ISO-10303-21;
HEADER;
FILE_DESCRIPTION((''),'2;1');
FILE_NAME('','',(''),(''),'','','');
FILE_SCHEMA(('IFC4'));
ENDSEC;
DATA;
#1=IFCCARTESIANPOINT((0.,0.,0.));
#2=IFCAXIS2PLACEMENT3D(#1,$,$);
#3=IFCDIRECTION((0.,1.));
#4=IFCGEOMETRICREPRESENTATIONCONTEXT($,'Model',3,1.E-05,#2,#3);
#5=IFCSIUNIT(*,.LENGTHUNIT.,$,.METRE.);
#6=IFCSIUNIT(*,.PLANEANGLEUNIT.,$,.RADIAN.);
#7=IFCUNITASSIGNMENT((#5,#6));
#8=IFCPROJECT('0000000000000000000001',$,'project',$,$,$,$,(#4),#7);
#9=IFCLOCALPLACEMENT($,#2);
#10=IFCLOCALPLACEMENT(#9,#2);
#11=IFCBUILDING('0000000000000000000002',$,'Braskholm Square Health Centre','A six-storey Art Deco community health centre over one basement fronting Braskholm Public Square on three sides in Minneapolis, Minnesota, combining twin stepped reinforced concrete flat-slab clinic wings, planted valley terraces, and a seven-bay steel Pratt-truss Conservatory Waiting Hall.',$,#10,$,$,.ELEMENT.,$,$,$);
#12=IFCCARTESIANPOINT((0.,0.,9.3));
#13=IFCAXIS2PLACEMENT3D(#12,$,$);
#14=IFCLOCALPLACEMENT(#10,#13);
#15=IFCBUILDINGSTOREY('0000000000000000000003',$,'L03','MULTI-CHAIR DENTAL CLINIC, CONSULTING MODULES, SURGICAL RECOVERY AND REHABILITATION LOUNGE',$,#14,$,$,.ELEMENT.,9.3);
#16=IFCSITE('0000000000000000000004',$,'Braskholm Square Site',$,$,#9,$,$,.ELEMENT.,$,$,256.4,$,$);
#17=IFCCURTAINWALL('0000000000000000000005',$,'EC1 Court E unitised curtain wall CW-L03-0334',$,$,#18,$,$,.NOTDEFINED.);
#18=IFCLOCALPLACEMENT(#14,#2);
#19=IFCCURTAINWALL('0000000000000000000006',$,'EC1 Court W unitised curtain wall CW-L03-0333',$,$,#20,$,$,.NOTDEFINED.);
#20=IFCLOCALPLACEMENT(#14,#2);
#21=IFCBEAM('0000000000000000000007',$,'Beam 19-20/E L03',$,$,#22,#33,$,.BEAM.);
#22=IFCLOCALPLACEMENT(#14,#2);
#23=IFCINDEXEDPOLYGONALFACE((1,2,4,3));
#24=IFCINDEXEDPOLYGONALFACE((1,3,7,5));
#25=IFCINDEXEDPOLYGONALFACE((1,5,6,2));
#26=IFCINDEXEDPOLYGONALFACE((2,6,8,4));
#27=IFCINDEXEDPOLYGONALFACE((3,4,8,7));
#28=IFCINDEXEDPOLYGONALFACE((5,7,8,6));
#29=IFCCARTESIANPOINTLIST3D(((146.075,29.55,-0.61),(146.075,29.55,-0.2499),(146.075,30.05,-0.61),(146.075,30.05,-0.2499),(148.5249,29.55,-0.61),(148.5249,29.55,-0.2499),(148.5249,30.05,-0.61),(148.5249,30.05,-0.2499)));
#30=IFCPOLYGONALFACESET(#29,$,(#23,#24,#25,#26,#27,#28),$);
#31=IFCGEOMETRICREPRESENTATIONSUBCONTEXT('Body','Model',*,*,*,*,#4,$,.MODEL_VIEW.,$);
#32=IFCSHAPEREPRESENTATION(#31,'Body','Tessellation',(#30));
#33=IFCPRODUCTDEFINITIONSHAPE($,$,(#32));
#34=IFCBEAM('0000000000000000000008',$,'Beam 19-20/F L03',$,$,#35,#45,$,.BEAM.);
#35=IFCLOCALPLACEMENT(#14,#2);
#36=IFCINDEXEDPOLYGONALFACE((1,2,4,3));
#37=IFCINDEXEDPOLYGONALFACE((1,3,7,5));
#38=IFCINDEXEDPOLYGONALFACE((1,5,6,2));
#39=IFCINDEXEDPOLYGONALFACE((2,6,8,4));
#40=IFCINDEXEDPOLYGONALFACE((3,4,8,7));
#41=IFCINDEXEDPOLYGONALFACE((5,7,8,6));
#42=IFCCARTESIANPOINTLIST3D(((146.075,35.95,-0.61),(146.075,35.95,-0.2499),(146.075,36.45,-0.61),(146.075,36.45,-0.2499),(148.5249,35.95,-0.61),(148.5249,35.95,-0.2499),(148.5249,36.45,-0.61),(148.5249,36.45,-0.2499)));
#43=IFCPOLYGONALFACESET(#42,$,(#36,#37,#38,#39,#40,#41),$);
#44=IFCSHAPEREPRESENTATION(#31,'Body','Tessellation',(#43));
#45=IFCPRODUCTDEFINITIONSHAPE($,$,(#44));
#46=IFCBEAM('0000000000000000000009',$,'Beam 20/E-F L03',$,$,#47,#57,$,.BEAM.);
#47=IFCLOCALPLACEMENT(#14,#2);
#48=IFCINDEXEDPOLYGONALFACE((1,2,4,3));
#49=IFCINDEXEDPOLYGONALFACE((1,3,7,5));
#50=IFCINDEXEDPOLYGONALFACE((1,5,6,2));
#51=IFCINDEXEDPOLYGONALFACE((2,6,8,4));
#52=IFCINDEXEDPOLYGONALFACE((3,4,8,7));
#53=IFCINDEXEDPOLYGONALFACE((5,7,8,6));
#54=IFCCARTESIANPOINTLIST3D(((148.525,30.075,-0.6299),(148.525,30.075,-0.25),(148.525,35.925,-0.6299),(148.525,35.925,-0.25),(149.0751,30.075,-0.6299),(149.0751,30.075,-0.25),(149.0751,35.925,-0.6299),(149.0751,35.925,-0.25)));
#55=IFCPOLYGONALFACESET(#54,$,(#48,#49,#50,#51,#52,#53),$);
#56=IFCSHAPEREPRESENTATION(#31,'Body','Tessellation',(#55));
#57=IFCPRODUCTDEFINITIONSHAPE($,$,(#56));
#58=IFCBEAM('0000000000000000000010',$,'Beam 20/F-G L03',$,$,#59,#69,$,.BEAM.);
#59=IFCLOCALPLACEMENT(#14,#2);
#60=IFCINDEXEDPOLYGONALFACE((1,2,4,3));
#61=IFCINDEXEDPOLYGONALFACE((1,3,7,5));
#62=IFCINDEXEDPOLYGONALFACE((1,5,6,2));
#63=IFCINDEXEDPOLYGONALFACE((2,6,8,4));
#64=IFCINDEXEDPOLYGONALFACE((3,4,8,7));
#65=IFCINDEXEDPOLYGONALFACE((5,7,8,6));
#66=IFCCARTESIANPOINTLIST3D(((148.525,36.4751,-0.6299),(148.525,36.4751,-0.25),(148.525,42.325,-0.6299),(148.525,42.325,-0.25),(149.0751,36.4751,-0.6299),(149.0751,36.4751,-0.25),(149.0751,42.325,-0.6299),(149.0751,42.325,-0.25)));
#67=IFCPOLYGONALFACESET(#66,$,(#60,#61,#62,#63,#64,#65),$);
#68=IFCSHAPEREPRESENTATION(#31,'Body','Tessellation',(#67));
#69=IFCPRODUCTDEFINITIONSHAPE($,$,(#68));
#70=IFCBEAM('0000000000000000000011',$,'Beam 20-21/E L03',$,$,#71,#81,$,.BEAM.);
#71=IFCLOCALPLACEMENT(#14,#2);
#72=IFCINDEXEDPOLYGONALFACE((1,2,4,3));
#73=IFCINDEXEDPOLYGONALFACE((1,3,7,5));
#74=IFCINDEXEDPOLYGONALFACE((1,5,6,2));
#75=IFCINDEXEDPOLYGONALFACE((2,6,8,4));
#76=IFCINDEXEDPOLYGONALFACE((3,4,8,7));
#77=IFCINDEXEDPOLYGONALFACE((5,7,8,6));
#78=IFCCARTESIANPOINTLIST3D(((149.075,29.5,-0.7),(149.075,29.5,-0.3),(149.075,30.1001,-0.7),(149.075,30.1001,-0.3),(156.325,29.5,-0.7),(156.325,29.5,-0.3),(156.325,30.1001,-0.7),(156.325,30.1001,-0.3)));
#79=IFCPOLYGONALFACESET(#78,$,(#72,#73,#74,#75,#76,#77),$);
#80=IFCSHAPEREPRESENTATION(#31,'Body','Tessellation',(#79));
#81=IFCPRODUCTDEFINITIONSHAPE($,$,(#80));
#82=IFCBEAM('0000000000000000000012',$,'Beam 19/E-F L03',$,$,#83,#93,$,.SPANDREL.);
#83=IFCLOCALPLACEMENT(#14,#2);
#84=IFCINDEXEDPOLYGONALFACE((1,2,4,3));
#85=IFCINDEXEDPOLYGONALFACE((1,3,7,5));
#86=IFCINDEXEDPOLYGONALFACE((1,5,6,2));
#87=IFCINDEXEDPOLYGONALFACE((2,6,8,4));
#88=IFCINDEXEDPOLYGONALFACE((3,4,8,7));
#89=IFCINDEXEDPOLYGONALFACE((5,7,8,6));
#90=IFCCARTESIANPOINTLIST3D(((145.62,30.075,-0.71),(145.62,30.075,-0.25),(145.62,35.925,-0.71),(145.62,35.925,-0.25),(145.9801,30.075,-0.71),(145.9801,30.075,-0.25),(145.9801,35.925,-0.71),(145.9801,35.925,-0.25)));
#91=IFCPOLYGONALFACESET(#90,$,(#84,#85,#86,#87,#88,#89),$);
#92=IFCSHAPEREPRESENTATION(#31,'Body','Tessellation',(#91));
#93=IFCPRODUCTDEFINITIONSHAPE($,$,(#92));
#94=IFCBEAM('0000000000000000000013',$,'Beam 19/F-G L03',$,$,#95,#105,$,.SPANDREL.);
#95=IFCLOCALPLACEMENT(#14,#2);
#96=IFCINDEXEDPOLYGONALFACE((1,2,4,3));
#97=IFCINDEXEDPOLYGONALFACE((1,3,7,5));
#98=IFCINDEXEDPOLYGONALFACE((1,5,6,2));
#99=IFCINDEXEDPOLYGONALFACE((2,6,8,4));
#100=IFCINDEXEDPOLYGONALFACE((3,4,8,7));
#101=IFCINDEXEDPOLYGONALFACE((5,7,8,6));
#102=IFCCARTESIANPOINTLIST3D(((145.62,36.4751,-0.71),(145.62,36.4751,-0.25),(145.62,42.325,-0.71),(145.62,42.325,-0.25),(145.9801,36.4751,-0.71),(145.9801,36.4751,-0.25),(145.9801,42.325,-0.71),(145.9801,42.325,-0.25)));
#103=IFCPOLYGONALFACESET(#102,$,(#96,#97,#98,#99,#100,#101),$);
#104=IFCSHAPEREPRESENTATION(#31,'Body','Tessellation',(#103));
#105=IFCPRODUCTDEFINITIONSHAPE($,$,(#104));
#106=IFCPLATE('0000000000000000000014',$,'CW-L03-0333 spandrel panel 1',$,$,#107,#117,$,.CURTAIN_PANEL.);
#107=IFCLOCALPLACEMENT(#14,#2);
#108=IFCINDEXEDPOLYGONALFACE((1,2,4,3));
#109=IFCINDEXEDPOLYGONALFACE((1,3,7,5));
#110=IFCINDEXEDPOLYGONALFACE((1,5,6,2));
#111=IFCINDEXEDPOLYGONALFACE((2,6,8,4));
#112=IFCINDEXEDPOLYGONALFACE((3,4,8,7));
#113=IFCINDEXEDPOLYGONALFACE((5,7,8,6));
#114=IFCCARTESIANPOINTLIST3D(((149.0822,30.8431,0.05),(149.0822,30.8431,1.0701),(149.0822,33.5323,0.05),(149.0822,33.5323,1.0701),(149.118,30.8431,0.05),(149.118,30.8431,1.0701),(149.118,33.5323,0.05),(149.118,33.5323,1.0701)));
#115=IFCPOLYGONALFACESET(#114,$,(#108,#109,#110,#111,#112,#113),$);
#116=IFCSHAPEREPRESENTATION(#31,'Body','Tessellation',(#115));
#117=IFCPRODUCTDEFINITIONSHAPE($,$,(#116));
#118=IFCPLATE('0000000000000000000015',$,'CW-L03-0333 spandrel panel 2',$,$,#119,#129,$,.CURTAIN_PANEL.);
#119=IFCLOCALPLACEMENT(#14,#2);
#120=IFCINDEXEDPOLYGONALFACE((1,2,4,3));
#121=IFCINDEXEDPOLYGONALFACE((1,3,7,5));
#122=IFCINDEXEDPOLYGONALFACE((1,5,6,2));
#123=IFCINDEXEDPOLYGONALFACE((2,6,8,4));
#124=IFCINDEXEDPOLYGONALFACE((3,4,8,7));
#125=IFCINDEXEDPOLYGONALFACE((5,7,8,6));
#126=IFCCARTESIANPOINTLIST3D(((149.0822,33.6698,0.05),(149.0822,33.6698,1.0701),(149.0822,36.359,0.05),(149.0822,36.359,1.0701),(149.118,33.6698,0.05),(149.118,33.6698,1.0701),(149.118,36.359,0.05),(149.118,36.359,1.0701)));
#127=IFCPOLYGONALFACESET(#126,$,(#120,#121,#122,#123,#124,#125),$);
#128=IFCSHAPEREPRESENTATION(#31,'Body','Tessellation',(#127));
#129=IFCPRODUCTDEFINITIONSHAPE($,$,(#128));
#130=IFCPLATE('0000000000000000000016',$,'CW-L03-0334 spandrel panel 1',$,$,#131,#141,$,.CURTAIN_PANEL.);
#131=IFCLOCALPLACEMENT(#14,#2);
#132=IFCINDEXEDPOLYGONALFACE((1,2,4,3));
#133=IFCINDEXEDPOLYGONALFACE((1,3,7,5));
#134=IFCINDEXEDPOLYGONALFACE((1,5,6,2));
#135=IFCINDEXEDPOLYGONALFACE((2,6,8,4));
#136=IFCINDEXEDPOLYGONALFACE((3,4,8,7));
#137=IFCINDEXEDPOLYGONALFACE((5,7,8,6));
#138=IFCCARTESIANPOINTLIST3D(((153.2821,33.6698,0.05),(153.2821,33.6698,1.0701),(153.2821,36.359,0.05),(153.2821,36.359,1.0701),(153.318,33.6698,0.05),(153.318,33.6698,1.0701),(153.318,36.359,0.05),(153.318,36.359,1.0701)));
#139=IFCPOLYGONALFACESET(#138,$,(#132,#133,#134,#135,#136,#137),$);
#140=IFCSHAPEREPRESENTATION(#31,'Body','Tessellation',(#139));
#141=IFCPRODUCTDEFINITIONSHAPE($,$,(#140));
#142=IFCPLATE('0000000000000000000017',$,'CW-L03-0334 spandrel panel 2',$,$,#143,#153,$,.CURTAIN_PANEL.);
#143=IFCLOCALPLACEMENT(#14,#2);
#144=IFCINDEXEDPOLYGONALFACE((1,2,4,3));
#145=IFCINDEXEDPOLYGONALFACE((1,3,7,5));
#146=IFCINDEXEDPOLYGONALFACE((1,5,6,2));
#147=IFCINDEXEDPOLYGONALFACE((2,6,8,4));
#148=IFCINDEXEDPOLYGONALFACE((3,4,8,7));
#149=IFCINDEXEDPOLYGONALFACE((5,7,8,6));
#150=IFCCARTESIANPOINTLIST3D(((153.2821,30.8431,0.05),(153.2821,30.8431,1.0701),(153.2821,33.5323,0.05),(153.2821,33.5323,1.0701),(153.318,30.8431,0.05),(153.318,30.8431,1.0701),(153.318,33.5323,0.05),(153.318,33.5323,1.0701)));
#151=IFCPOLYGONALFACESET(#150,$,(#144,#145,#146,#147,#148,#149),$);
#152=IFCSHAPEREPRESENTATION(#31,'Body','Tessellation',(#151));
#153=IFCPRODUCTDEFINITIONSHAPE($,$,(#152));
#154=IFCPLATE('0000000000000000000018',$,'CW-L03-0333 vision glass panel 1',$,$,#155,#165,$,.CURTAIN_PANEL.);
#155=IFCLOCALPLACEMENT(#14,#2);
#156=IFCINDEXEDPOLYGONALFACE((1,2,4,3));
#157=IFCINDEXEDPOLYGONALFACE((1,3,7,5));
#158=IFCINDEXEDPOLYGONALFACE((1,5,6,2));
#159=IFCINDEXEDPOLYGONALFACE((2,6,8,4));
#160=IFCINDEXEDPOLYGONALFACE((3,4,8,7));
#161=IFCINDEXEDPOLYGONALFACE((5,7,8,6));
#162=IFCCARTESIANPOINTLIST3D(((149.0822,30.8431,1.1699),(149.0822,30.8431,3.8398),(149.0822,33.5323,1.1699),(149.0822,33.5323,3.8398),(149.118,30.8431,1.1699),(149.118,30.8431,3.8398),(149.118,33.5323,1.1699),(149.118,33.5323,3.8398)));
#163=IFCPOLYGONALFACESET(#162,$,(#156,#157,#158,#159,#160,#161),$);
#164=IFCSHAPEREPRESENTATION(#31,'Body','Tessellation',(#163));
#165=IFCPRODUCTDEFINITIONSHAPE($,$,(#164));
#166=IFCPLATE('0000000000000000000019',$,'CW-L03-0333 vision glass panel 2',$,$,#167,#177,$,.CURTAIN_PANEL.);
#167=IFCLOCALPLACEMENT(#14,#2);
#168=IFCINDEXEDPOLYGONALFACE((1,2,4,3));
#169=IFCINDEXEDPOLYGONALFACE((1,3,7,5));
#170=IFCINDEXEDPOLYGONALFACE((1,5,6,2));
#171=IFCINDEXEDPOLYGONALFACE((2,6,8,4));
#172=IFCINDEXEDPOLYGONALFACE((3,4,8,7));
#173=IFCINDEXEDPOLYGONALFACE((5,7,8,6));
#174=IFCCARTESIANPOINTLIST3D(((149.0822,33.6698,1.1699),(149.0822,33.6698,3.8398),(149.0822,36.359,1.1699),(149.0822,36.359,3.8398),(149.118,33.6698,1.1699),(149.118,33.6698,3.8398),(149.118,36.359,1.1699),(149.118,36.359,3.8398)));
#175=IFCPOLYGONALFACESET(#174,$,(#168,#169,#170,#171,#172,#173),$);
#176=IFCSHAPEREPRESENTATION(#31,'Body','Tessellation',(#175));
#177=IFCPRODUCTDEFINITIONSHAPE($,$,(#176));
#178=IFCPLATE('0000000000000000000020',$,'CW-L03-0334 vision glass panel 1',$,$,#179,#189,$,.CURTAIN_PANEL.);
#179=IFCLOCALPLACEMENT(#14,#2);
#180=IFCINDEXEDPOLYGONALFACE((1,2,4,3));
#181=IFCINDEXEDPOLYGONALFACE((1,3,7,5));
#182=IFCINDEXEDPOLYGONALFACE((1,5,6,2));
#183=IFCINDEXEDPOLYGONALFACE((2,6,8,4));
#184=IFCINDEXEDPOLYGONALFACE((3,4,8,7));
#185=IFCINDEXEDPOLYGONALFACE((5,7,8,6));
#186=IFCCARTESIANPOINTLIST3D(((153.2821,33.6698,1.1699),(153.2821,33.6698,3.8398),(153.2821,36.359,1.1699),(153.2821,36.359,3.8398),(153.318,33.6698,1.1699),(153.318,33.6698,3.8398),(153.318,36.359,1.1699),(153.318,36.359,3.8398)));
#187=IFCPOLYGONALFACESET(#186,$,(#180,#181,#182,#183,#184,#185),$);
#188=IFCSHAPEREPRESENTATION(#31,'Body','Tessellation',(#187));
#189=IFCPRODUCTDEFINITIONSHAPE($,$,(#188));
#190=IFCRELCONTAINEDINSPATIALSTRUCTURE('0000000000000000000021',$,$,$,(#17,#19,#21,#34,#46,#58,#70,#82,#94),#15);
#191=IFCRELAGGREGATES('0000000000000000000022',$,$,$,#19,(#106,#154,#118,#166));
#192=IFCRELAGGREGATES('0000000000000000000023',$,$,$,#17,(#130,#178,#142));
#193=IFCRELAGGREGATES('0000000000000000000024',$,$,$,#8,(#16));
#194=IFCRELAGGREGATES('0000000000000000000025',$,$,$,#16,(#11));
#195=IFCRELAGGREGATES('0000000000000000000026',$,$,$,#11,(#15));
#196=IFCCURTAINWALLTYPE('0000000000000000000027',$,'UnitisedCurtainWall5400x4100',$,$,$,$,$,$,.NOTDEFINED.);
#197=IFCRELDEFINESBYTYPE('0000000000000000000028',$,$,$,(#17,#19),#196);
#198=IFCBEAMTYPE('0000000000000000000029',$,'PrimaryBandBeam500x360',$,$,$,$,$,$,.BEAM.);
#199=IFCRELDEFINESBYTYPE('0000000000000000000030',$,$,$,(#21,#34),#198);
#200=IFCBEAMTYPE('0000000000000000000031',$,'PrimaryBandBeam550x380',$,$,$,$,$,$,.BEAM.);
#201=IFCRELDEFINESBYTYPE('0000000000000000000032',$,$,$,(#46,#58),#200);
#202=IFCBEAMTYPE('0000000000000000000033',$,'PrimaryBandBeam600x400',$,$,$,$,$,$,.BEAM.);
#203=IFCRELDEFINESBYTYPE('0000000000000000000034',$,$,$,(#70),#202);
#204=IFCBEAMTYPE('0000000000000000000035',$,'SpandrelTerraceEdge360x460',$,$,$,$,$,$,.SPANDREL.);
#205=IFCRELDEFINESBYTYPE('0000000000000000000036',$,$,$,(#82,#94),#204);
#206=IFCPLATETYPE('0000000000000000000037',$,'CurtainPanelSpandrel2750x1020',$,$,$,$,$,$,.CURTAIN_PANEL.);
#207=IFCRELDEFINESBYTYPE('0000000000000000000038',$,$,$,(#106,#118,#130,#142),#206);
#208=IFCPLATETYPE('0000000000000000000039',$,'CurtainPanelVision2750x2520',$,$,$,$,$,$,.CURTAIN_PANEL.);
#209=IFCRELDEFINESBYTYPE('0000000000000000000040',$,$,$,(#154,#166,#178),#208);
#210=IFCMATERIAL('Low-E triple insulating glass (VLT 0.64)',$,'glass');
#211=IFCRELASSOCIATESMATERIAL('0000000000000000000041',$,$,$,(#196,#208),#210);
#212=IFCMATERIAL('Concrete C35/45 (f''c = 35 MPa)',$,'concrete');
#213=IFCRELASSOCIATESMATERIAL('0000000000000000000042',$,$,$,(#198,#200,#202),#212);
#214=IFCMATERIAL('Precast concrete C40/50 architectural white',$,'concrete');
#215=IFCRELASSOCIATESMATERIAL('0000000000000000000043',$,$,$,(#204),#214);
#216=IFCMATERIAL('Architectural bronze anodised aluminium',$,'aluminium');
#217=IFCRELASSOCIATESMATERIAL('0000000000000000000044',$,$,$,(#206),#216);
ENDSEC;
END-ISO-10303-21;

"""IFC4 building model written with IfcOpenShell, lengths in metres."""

from ifc_helpers import new_model, si_unit, direction, frame, origin, origin_2d, place, context, subcontext, project, spatial, rectangle, extrude, material, material_profile, profile_set, type_object, element, aggregate, save


model = new_model("IFC4")

# Units and contexts
model_context = context("Model", 3, precision=1e-05, world=origin(), true_north=direction((0.0, 1.0)))
body_context = subcontext(model_context, "Body", "Model", "MODEL_VIEW")
ifc_project = project(units=[si_unit("LENGTHUNIT", "METRE"), si_unit("PLANEANGLEUNIT", "RADIAN")], contexts=[model_context])

# Site, building, storey
site_placement = place(None, origin())
site = spatial("IfcSite", under=ifc_project, at=site_placement, Name="Braskholm Square Site", CompositionType="ELEMENT", RefElevation=256.4)
building_placement = place(site_placement, origin())
building = spatial("IfcBuilding", under=site, at=building_placement, Name="Braskholm Square Health Centre", Description="A six-storey Art Deco community health centre over one basement fronting Braskholm Public Square on three sides in Minneapolis, Minnesota, combining twin stepped reinforced concrete flat-slab clinic wings, planted valley terraces, and a seven-bay steel Pratt-truss Conservatory Waiting Hall.", CompositionType="ELEMENT")
storey_placement = place(building_placement, frame((0.0, 0.0, 9.3)))
storey = spatial("IfcBuildingStorey", under=building, at=storey_placement, Name="L03", Description="MULTI-CHAIR DENTAL CLINIC, CONSULTING MODULES, SURGICAL RECOVERY AND REHABILITATION LOUNGE", CompositionType="ELEMENT", Elevation=9.3)

# Shared definitions
ifc_material_1 = material(Name="Low-E triple insulating glass (VLT 0.64)", Category="glass")
ifc_material_2 = material(Name="Architectural bronze anodised aluminium", Category="aluminium")

# Curtain walls
curtain_wall_type_1 = type_object("IfcCurtainWallType", Name="UnitisedCurtainWall5400x4100", PredefinedType="NOTDEFINED", material=ifc_material_1)
curtain_wall_1_placement = place(storey_placement, origin())
curtain_wall_1 = element("IfcCurtainWall", 1, at=curtain_wall_1_placement, inside=storey, type_object=curtain_wall_type_1, Name="EC1 Court E unitised curtain wall CW-L03-0334", PredefinedType="NOTDEFINED")
curtain_wall_2_placement = place(storey_placement, origin())
curtain_wall_2 = element("IfcCurtainWall", 2, at=curtain_wall_2_placement, inside=storey, type_object=curtain_wall_type_1, Name="EC1 Court W unitised curtain wall CW-L03-0333", PredefinedType="NOTDEFINED")

# Beams
ifc_material_3 = material(Name="Concrete C35/45 (f'c = 35 MPa)", Category="concrete")
ifc_material_profile_1 = material_profile(ifc_material_3, rectangle(XDim=0.5, YDim=0.3601, at=origin_2d()), Name="RCB-500X360")
ifc_profile_set_1 = profile_set([ifc_material_profile_1], Name="Concrete C35/45 (f'c = 35 MPa)")
beam_type_1 = type_object("IfcBeamType", Name="PrimaryBandBeam500x360", PredefinedType="BEAM", material=ifc_profile_set_1)
for number, where, z_axis, x_axis, name in (
    (3, (146.075, 29.8, -0.4299), (1.0, 0.0, 0.0), (0.0, 1.0, 0.0), "Beam 19-20/E L03"),
    (4, (146.075, 36.2, -0.4299), (1.0, 0.0, 0.0), (0.0, 1.0, 0.0), "Beam 19-20/F L03"),
):
    element("IfcBeam", number, at=place(storey_placement, frame(where, z_axis=z_axis, x_axis=x_axis)), inside=storey, type_object=beam_type_1, Name=name, PredefinedType="BEAM", context=body_context, shape_type="SweptSolid", body=[
        extrude(rectangle(XDim=0.5, YDim=0.3601, at=origin_2d()), origin(), (0.0, 0.0, 1.0), 2.45),
    ])
ifc_material_profile_2 = material_profile(ifc_material_3, rectangle(XDim=0.55, YDim=0.3799, at=origin_2d()), Name="RCB-550X380")
ifc_profile_set_2 = profile_set([ifc_material_profile_2], Name="Concrete C35/45 (f'c = 35 MPa)")
beam_type_2 = type_object("IfcBeamType", Name="PrimaryBandBeam550x380", PredefinedType="BEAM", material=ifc_profile_set_2)
beam_1_placement = place(storey_placement, frame((148.8, 30.075, -0.4399), z_axis=(0.0, 1.0, 0.0), x_axis=(-1.0, 0.0, 0.0)))
element("IfcBeam", 5, at=beam_1_placement, inside=storey, type_object=beam_type_2, Name="Beam 20/E-F L03", PredefinedType="BEAM", context=body_context, shape_type="SweptSolid", body=[
    extrude(rectangle(XDim=0.55, YDim=0.3799, at=origin_2d()), origin(), (0.0, 0.0, 1.0), 5.8501),
])
beam_2_placement = place(storey_placement, frame((148.8, 36.4751, -0.4399), z_axis=(0.0, 1.0, 0.0), x_axis=(-1.0, 0.0, 0.0)))
element("IfcBeam", 6, at=beam_2_placement, inside=storey, type_object=beam_type_2, Name="Beam 20/F-G L03", PredefinedType="BEAM", context=body_context, shape_type="SweptSolid", body=[
    extrude(rectangle(XDim=0.55, YDim=0.3799, at=origin_2d()), origin(), (0.0, 0.0, 1.0), 5.8499),
])
ifc_material_profile_3 = material_profile(ifc_material_3, rectangle(XDim=0.6001, YDim=0.3999, at=origin_2d()), Name="RCB-600X400")
ifc_profile_set_3 = profile_set([ifc_material_profile_3], Name="Concrete C35/45 (f'c = 35 MPa)")
beam_type_3 = type_object("IfcBeamType", Name="PrimaryBandBeam600x400", PredefinedType="BEAM", material=ifc_profile_set_3)
beam_3_placement = place(storey_placement, frame((149.075, 29.8, -0.5), z_axis=(1.0, 0.0, 0.0), x_axis=(0.0, 1.0, 0.0)))
element("IfcBeam", 7, at=beam_3_placement, inside=storey, type_object=beam_type_3, Name="Beam 20-21/E L03", PredefinedType="BEAM", context=body_context, shape_type="SweptSolid", body=[
    extrude(rectangle(XDim=0.6001, YDim=0.3999, at=origin_2d()), origin(), (0.0, 0.0, 1.0), 7.25),
])
ifc_material_4 = material(Name="Precast concrete C40/50 architectural white", Category="concrete")
ifc_material_profile_4 = material_profile(ifc_material_4, rectangle(XDim=0.3601, YDim=0.46, at=origin_2d()), Name="RCB-360X460")
ifc_profile_set_4 = profile_set([ifc_material_profile_4], Name="Precast concrete C40/50 architectural white")
beam_type_4 = type_object("IfcBeamType", Name="SpandrelTerraceEdge360x460", PredefinedType="SPANDREL", material=ifc_profile_set_4)
beam_4_placement = place(storey_placement, frame((145.8, 30.075, -0.48), z_axis=(0.0, 1.0, 0.0), x_axis=(-1.0, 0.0, 0.0)))
element("IfcBeam", 8, at=beam_4_placement, inside=storey, type_object=beam_type_4, Name="Beam 19/E-F L03", PredefinedType="SPANDREL", context=body_context, shape_type="SweptSolid", body=[
    extrude(rectangle(XDim=0.3601, YDim=0.46, at=origin_2d()), origin(), (0.0, 0.0, 1.0), 5.8501),
])
beam_5_placement = place(storey_placement, frame((145.8, 36.4751, -0.48), z_axis=(0.0, 1.0, 0.0), x_axis=(-1.0, 0.0, 0.0)))
element("IfcBeam", 9, at=beam_5_placement, inside=storey, type_object=beam_type_4, Name="Beam 19/F-G L03", PredefinedType="SPANDREL", context=body_context, shape_type="SweptSolid", body=[
    extrude(rectangle(XDim=0.3601, YDim=0.46, at=origin_2d()), origin(), (0.0, 0.0, 1.0), 5.8499),
])

# Plates
plate_type_1 = type_object("IfcPlateType", Name="CurtainPanelSpandrel2750x1020", PredefinedType="CURTAIN_PANEL", material=ifc_material_2)
plate_1_placement = place(storey_placement, frame((149.1001, 32.1877, 0.05), z_axis=(0.0, 0.0, 1.0), x_axis=(0.0, 1.0, 0.0)))
plate_1 = element("IfcPlate", 10, at=plate_1_placement, type_object=plate_type_1, Name="CW-L03-0333 spandrel panel 1", PredefinedType="CURTAIN_PANEL", context=body_context, shape_type="SweptSolid", body=[
    extrude(rectangle(XDim=2.6892, YDim=0.0359, at=origin_2d()), origin(), (0.0, 0.0, 1.0), 1.02),
])
plate_2_placement = place(storey_placement, frame((149.1001, 35.0144, 0.05), z_axis=(0.0, 0.0, 1.0), x_axis=(0.0, 1.0, 0.0)))
plate_2 = element("IfcPlate", 11, at=plate_2_placement, type_object=plate_type_1, Name="CW-L03-0333 spandrel panel 2", PredefinedType="CURTAIN_PANEL", context=body_context, shape_type="SweptSolid", body=[
    extrude(rectangle(XDim=2.6892, YDim=0.0359, at=origin_2d()), origin(), (0.0, 0.0, 1.0), 1.02),
])
plate_3_placement = place(storey_placement, frame((153.3, 35.0144, 0.05), z_axis=(0.0, 0.0, 1.0), x_axis=(0.0, -1.0, 0.0)))
plate_3 = element("IfcPlate", 12, at=plate_3_placement, type_object=plate_type_1, Name="CW-L03-0334 spandrel panel 1", PredefinedType="CURTAIN_PANEL", context=body_context, shape_type="SweptSolid", body=[
    extrude(rectangle(XDim=2.6892, YDim=0.0359, at=origin_2d()), origin(), (0.0, 0.0, 1.0), 1.02),
])
plate_4_placement = place(storey_placement, frame((153.3, 32.1877, 0.05), z_axis=(0.0, 0.0, 1.0), x_axis=(0.0, -1.0, 0.0)))
plate_4 = element("IfcPlate", 13, at=plate_4_placement, type_object=plate_type_1, Name="CW-L03-0334 spandrel panel 2", PredefinedType="CURTAIN_PANEL", context=body_context, shape_type="SweptSolid", body=[
    extrude(rectangle(XDim=2.6892, YDim=0.0359, at=origin_2d()), origin(), (0.0, 0.0, 1.0), 1.02),
])
plate_type_2 = type_object("IfcPlateType", Name="CurtainPanelVision2750x2520", PredefinedType="CURTAIN_PANEL", material=ifc_material_1)
plate_5_placement = place(storey_placement, frame((149.1001, 32.1877, 1.1699), z_axis=(0.0, 0.0, 1.0), x_axis=(0.0, 1.0, 0.0)))
plate_5 = element("IfcPlate", 14, at=plate_5_placement, type_object=plate_type_2, Name="CW-L03-0333 vision glass panel 1", PredefinedType="CURTAIN_PANEL", context=body_context, shape_type="SweptSolid", body=[
    extrude(rectangle(XDim=2.6892, YDim=0.0359, at=origin_2d()), origin(), (0.0, 0.0, 1.0), 2.6699),
])
plate_6_placement = place(storey_placement, frame((149.1001, 35.0144, 1.1699), z_axis=(0.0, 0.0, 1.0), x_axis=(0.0, 1.0, 0.0)))
plate_6 = element("IfcPlate", 15, at=plate_6_placement, type_object=plate_type_2, Name="CW-L03-0333 vision glass panel 2", PredefinedType="CURTAIN_PANEL", context=body_context, shape_type="SweptSolid", body=[
    extrude(rectangle(XDim=2.6892, YDim=0.0359, at=origin_2d()), origin(), (0.0, 0.0, 1.0), 2.6699),
])
aggregate(curtain_wall_2, [plate_1, plate_5, plate_2, plate_6])
plate_7_placement = place(storey_placement, frame((153.3, 35.0144, 1.1699), z_axis=(0.0, 0.0, 1.0), x_axis=(0.0, -1.0, 0.0)))
plate_7 = element("IfcPlate", 16, at=plate_7_placement, type_object=plate_type_2, Name="CW-L03-0334 vision glass panel 1", PredefinedType="CURTAIN_PANEL", context=body_context, shape_type="SweptSolid", body=[
    extrude(rectangle(XDim=2.6892, YDim=0.0359, at=origin_2d()), origin(), (0.0, 0.0, 1.0), 2.6699),
])
aggregate(curtain_wall_1, [plate_3, plate_7, plate_4])

save(model, "model.ifc")
